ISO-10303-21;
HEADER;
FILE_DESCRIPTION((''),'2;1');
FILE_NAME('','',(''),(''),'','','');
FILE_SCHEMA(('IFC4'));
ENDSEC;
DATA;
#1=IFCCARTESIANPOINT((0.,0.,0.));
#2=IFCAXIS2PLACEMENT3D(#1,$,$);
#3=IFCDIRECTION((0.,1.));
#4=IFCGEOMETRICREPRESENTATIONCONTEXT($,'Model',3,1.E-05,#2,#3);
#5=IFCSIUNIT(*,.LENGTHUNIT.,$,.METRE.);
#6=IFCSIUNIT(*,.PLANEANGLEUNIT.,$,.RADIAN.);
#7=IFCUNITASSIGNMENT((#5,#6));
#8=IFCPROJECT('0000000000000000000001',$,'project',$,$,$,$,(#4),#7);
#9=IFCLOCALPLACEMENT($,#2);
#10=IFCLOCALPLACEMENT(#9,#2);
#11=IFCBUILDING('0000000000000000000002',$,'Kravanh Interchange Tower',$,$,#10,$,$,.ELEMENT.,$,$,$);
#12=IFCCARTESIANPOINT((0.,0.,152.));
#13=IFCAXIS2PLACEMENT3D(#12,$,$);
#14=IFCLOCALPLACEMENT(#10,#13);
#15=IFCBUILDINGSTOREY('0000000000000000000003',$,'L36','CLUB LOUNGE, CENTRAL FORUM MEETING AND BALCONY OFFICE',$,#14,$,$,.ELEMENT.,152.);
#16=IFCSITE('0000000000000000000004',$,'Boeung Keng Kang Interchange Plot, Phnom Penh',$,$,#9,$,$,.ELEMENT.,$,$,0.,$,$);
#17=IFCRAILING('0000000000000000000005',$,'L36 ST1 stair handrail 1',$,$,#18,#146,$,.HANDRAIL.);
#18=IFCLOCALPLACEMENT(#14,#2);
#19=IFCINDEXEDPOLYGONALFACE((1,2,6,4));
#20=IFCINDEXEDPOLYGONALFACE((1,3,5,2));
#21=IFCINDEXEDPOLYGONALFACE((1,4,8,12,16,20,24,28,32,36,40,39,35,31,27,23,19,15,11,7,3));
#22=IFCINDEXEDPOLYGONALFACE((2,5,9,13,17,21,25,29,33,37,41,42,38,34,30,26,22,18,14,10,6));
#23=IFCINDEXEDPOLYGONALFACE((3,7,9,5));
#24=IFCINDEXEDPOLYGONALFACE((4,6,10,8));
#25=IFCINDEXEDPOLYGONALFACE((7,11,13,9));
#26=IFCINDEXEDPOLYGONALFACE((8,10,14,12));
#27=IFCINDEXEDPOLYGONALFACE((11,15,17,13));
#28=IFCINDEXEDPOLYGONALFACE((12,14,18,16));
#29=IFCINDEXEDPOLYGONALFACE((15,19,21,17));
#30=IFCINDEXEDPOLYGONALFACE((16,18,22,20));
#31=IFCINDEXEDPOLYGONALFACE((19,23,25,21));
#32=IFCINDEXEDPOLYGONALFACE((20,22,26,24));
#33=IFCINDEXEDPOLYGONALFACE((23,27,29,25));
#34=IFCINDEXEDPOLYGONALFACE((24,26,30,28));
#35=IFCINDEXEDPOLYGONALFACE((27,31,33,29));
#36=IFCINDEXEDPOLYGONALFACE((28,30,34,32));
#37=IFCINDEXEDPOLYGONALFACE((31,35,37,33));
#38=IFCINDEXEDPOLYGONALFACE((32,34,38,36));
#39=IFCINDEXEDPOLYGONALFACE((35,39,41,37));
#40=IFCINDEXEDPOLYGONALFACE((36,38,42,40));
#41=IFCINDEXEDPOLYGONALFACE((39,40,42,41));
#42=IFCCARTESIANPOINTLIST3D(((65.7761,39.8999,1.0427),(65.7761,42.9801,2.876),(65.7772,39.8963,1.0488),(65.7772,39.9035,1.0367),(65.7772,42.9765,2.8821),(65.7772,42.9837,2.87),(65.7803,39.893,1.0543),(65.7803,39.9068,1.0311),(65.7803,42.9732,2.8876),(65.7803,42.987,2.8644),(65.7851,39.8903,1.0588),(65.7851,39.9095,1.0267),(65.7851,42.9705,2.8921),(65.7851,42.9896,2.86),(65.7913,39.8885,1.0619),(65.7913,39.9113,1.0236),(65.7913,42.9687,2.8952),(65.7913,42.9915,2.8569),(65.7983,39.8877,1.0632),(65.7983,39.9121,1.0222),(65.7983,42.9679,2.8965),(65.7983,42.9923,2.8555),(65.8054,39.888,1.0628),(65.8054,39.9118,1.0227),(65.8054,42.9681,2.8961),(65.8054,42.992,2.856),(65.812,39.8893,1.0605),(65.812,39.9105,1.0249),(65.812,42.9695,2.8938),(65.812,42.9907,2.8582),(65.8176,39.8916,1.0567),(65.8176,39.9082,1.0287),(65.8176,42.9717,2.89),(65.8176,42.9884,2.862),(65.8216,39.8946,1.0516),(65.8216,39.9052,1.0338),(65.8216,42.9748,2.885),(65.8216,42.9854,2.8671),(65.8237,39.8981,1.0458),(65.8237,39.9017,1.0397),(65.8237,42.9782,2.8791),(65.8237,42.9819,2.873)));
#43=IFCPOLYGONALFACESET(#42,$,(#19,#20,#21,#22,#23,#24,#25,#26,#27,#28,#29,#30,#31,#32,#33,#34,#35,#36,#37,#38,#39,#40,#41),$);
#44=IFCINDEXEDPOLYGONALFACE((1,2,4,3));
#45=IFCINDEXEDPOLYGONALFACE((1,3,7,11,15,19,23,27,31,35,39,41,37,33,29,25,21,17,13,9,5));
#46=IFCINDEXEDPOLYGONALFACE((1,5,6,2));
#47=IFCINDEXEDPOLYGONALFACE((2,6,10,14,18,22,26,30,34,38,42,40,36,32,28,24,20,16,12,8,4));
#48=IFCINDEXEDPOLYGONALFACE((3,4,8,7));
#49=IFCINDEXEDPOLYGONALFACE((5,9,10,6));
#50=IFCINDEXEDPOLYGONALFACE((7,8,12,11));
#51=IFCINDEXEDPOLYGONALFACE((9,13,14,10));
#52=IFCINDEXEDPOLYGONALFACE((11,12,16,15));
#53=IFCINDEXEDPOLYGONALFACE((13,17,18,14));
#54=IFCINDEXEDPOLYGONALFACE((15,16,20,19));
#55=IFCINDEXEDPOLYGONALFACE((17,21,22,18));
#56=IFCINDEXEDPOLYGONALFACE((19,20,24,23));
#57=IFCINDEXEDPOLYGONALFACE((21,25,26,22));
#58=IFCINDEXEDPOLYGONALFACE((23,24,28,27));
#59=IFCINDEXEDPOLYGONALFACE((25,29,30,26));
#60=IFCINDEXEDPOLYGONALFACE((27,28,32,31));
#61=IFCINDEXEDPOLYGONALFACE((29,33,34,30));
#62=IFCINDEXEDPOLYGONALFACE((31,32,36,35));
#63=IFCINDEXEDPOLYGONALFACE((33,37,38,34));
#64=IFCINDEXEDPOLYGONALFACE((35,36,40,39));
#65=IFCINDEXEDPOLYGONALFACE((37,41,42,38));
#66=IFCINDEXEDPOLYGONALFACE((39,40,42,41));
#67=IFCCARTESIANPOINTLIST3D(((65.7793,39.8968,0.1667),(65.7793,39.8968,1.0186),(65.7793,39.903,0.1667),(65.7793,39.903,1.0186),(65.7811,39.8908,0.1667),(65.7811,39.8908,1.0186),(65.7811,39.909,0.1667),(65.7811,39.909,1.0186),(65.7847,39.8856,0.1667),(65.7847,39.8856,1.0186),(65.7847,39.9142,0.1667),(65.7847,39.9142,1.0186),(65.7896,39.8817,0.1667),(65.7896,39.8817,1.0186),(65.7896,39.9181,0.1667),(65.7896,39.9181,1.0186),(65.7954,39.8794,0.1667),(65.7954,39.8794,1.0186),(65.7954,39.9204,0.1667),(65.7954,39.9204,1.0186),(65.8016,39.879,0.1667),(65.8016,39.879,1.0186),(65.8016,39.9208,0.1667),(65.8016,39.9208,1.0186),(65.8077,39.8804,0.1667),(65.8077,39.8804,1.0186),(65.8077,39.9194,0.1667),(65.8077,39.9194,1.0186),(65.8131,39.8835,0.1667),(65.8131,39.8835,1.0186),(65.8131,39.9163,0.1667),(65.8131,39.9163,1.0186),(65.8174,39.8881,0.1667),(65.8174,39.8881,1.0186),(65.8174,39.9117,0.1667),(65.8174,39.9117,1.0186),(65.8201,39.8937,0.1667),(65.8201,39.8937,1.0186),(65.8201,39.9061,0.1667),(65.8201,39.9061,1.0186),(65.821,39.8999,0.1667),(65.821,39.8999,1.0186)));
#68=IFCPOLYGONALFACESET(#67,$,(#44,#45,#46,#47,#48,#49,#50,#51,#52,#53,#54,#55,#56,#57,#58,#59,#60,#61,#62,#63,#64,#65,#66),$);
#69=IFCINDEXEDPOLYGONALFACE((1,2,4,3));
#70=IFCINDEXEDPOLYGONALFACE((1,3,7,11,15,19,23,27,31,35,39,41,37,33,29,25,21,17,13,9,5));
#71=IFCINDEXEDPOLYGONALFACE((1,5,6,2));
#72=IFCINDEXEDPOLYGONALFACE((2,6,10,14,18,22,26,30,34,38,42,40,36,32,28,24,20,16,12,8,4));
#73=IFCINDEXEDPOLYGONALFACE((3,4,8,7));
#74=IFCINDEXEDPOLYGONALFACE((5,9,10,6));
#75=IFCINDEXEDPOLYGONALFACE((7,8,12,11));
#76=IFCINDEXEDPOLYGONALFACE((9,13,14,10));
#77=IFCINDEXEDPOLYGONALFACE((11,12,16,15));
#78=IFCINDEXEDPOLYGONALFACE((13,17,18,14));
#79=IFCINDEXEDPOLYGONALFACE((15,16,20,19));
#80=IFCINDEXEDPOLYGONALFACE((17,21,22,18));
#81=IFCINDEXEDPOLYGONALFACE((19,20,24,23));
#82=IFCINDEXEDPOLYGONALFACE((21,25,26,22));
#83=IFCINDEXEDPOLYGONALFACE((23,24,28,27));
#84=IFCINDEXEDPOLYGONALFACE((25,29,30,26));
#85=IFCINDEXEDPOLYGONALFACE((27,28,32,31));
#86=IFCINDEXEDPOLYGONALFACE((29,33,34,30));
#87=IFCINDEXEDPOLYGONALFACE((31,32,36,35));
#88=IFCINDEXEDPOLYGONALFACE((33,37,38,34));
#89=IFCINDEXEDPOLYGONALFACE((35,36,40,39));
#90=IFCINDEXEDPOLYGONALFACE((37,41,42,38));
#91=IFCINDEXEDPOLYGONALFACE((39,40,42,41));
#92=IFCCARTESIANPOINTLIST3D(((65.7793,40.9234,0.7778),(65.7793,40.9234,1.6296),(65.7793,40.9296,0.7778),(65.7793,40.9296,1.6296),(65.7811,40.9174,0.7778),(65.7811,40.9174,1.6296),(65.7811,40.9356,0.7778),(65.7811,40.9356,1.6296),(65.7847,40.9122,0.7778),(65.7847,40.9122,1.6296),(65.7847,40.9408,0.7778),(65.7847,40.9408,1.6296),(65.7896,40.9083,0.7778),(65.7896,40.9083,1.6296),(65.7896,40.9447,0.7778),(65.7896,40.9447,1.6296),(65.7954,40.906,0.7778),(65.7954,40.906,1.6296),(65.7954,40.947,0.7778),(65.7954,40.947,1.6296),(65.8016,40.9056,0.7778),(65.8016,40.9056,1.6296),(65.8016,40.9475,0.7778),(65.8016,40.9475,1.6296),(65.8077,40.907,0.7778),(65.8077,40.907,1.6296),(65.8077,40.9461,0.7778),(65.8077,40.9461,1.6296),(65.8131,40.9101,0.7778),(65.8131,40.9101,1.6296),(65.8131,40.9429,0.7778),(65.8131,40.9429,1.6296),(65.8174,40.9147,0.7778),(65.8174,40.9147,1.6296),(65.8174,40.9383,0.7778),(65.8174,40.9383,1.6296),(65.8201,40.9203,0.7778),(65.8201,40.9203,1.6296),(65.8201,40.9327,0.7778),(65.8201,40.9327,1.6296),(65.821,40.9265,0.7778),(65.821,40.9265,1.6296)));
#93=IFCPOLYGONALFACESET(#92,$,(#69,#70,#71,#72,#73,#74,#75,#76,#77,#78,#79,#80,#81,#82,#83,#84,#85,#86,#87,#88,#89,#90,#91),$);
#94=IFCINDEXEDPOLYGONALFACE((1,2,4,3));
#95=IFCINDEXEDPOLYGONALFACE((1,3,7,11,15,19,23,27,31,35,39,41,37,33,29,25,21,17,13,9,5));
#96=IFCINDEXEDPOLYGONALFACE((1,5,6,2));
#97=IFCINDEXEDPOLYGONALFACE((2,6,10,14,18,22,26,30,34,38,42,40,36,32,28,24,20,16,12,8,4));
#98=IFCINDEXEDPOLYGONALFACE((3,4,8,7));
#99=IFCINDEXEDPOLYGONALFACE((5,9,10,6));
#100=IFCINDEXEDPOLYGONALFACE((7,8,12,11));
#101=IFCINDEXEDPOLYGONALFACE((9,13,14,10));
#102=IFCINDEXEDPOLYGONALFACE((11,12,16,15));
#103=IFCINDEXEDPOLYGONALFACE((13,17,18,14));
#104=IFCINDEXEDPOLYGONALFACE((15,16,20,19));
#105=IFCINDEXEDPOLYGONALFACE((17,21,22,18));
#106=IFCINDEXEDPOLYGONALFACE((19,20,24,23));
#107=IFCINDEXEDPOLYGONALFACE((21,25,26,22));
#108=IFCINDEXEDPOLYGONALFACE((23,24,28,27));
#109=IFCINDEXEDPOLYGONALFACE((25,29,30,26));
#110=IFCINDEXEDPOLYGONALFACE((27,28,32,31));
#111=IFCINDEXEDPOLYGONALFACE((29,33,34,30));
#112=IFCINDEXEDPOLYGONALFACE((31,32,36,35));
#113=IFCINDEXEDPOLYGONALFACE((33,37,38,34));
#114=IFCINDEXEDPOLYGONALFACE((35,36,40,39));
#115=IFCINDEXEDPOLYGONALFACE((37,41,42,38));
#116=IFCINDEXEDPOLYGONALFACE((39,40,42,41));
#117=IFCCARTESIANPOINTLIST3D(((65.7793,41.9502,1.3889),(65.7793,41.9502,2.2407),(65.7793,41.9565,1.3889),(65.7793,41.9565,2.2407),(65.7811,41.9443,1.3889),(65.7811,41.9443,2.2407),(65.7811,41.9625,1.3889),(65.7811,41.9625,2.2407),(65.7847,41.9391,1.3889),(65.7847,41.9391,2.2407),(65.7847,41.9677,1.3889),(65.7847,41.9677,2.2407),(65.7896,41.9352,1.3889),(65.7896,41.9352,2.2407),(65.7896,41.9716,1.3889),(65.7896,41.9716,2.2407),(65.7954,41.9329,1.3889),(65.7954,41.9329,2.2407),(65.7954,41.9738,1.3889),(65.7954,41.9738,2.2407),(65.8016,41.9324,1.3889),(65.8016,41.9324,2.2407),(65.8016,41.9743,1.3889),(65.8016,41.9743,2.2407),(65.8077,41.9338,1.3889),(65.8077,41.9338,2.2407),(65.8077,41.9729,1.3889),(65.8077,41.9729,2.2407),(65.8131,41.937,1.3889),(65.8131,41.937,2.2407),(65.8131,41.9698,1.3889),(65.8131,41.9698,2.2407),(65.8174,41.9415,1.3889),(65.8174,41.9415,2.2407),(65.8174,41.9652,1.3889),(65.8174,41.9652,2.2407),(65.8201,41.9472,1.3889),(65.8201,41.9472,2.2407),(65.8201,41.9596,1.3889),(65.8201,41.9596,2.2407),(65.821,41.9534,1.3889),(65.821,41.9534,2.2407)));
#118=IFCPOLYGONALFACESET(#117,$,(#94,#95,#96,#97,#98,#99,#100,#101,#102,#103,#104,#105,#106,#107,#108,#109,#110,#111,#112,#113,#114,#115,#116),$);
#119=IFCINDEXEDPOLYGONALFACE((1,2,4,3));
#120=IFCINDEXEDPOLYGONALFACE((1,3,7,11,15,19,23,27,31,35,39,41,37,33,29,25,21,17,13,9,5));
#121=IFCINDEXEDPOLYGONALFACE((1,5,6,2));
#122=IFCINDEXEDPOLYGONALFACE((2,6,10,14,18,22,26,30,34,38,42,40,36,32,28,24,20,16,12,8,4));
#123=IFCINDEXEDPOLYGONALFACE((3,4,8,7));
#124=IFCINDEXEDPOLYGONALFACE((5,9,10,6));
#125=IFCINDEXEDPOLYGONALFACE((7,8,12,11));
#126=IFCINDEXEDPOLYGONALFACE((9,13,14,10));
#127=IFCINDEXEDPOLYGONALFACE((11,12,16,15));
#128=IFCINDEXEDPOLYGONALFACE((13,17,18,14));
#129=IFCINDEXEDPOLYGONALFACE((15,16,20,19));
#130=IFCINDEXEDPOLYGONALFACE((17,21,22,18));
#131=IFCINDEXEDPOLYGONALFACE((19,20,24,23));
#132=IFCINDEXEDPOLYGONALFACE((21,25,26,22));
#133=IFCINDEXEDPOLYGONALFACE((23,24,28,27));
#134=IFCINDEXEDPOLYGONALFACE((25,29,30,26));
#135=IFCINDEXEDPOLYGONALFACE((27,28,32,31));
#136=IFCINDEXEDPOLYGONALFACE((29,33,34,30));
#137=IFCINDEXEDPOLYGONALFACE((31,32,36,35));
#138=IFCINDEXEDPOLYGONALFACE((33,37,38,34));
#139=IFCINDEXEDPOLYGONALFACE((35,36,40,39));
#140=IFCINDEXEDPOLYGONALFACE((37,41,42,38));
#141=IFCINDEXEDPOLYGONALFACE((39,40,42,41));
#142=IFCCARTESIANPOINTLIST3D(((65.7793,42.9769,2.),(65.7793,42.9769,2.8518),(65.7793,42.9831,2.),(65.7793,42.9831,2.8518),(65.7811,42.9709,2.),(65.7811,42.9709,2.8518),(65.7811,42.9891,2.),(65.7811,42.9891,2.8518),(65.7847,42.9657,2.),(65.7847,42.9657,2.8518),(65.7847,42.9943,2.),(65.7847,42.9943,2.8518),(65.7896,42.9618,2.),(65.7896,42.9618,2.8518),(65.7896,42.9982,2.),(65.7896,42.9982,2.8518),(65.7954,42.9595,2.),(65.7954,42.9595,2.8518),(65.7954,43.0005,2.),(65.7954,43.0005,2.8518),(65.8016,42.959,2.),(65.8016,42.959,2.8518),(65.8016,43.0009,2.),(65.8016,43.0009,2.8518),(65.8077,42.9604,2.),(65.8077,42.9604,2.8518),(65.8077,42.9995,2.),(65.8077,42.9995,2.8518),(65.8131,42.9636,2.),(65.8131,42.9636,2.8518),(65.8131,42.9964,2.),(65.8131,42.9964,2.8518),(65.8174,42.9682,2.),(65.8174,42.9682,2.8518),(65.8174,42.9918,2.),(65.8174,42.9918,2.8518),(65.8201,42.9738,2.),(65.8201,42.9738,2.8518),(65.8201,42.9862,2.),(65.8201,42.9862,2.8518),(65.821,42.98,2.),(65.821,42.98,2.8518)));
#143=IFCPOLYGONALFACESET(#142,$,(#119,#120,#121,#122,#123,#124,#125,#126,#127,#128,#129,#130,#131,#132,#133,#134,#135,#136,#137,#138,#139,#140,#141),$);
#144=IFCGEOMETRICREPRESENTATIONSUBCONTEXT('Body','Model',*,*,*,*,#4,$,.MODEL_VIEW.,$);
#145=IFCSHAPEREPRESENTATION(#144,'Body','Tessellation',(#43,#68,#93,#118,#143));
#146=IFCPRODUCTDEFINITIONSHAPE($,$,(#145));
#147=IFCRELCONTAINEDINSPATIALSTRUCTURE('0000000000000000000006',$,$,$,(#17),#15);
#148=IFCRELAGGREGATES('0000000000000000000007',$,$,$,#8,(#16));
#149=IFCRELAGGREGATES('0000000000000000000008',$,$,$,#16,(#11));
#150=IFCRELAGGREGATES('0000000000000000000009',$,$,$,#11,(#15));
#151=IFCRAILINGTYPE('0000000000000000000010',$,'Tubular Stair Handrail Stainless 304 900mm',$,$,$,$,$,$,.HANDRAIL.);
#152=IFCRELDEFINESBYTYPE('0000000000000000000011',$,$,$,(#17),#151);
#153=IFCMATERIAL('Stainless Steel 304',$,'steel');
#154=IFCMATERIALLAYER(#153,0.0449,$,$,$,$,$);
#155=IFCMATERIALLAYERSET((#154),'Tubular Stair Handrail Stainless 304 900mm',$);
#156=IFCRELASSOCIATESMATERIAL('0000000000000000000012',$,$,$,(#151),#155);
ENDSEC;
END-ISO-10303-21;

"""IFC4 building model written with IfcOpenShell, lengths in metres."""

from ifc_helpers import new_model, si_unit, direction, frame, origin, origin_2d, place, context, subcontext, project, spatial, circle, extrude, material, layer, layer_set, type_object, element, save


model = new_model("IFC4")

# Units and contexts
model_context = context("Model", 3, precision=1e-05, world=origin(), true_north=direction((0.0, 1.0)))
body_context = subcontext(model_context, "Body", "Model", "MODEL_VIEW")
ifc_project = project(units=[si_unit("LENGTHUNIT", "METRE"), si_unit("PLANEANGLEUNIT", "RADIAN")], contexts=[model_context])

# Site, building, storey
site_placement = place(None, origin())
site = spatial("IfcSite", under=ifc_project, at=site_placement, Name="Boeung Keng Kang Interchange Plot, Phnom Penh", CompositionType="ELEMENT", RefElevation=0.0)
building_placement = place(site_placement, origin())
building = spatial("IfcBuilding", under=site, at=building_placement, Name="Kravanh Interchange Tower", CompositionType="ELEMENT")
storey_placement = place(building_placement, frame((0.0, 0.0, 152.0)))
storey = spatial("IfcBuildingStorey", under=building, at=storey_placement, Name="L36", Description="CLUB LOUNGE, CENTRAL FORUM MEETING AND BALCONY OFFICE", CompositionType="ELEMENT", Elevation=152.0)

# Railing
ifc_material_1 = material(Name="Stainless Steel 304", Category="steel")
ifc_layer_1 = layer(ifc_material_1, 0.0449)
ifc_layer_set_1 = layer_set([ifc_layer_1], Name="Tubular Stair Handrail Stainless 304 900mm")
railing_type_1 = type_object("IfcRailingType", Name="Tubular Stair Handrail Stainless 304 900mm", PredefinedType="HANDRAIL", material=ifc_layer_set_1)
railing_1_placement = place(storey_placement, frame((65.8, 39.8999, 0.1667)))
element("IfcRailing", 1, at=railing_1_placement, inside=storey, type_object=railing_type_1, Name="L36 ST1 stair handrail 1", PredefinedType="HANDRAIL", context=body_context, shape_type="SweptSolid", body=[
    extrude(circle(Radius=0.0239, at=origin_2d()), frame((0.0, 0.0, 0.876), z_axis=(0.0, 0.859309, 0.511458), x_axis=(-1.0, 0.0, 0.0)), (0.0, 0.0, 1.0), 3.5845),
    extrude(circle(Radius=0.021, at=origin_2d()), origin(), (0.0, 0.0, 1.0), 0.8518),
    extrude(circle(Radius=0.021, at=origin_2d()), frame((0.0, 1.0266, 0.6111)), (0.0, 0.0, 1.0), 0.8518),
    extrude(circle(Radius=0.021, at=origin_2d()), frame((0.0, 2.0535, 1.2222)), (0.0, 0.0, 1.0), 0.8518),
    extrude(circle(Radius=0.021, at=origin_2d()), frame((0.0, 3.0801, 1.8333)), (0.0, 0.0, 1.0), 0.8518),
])

save(model, "model.ifc")
